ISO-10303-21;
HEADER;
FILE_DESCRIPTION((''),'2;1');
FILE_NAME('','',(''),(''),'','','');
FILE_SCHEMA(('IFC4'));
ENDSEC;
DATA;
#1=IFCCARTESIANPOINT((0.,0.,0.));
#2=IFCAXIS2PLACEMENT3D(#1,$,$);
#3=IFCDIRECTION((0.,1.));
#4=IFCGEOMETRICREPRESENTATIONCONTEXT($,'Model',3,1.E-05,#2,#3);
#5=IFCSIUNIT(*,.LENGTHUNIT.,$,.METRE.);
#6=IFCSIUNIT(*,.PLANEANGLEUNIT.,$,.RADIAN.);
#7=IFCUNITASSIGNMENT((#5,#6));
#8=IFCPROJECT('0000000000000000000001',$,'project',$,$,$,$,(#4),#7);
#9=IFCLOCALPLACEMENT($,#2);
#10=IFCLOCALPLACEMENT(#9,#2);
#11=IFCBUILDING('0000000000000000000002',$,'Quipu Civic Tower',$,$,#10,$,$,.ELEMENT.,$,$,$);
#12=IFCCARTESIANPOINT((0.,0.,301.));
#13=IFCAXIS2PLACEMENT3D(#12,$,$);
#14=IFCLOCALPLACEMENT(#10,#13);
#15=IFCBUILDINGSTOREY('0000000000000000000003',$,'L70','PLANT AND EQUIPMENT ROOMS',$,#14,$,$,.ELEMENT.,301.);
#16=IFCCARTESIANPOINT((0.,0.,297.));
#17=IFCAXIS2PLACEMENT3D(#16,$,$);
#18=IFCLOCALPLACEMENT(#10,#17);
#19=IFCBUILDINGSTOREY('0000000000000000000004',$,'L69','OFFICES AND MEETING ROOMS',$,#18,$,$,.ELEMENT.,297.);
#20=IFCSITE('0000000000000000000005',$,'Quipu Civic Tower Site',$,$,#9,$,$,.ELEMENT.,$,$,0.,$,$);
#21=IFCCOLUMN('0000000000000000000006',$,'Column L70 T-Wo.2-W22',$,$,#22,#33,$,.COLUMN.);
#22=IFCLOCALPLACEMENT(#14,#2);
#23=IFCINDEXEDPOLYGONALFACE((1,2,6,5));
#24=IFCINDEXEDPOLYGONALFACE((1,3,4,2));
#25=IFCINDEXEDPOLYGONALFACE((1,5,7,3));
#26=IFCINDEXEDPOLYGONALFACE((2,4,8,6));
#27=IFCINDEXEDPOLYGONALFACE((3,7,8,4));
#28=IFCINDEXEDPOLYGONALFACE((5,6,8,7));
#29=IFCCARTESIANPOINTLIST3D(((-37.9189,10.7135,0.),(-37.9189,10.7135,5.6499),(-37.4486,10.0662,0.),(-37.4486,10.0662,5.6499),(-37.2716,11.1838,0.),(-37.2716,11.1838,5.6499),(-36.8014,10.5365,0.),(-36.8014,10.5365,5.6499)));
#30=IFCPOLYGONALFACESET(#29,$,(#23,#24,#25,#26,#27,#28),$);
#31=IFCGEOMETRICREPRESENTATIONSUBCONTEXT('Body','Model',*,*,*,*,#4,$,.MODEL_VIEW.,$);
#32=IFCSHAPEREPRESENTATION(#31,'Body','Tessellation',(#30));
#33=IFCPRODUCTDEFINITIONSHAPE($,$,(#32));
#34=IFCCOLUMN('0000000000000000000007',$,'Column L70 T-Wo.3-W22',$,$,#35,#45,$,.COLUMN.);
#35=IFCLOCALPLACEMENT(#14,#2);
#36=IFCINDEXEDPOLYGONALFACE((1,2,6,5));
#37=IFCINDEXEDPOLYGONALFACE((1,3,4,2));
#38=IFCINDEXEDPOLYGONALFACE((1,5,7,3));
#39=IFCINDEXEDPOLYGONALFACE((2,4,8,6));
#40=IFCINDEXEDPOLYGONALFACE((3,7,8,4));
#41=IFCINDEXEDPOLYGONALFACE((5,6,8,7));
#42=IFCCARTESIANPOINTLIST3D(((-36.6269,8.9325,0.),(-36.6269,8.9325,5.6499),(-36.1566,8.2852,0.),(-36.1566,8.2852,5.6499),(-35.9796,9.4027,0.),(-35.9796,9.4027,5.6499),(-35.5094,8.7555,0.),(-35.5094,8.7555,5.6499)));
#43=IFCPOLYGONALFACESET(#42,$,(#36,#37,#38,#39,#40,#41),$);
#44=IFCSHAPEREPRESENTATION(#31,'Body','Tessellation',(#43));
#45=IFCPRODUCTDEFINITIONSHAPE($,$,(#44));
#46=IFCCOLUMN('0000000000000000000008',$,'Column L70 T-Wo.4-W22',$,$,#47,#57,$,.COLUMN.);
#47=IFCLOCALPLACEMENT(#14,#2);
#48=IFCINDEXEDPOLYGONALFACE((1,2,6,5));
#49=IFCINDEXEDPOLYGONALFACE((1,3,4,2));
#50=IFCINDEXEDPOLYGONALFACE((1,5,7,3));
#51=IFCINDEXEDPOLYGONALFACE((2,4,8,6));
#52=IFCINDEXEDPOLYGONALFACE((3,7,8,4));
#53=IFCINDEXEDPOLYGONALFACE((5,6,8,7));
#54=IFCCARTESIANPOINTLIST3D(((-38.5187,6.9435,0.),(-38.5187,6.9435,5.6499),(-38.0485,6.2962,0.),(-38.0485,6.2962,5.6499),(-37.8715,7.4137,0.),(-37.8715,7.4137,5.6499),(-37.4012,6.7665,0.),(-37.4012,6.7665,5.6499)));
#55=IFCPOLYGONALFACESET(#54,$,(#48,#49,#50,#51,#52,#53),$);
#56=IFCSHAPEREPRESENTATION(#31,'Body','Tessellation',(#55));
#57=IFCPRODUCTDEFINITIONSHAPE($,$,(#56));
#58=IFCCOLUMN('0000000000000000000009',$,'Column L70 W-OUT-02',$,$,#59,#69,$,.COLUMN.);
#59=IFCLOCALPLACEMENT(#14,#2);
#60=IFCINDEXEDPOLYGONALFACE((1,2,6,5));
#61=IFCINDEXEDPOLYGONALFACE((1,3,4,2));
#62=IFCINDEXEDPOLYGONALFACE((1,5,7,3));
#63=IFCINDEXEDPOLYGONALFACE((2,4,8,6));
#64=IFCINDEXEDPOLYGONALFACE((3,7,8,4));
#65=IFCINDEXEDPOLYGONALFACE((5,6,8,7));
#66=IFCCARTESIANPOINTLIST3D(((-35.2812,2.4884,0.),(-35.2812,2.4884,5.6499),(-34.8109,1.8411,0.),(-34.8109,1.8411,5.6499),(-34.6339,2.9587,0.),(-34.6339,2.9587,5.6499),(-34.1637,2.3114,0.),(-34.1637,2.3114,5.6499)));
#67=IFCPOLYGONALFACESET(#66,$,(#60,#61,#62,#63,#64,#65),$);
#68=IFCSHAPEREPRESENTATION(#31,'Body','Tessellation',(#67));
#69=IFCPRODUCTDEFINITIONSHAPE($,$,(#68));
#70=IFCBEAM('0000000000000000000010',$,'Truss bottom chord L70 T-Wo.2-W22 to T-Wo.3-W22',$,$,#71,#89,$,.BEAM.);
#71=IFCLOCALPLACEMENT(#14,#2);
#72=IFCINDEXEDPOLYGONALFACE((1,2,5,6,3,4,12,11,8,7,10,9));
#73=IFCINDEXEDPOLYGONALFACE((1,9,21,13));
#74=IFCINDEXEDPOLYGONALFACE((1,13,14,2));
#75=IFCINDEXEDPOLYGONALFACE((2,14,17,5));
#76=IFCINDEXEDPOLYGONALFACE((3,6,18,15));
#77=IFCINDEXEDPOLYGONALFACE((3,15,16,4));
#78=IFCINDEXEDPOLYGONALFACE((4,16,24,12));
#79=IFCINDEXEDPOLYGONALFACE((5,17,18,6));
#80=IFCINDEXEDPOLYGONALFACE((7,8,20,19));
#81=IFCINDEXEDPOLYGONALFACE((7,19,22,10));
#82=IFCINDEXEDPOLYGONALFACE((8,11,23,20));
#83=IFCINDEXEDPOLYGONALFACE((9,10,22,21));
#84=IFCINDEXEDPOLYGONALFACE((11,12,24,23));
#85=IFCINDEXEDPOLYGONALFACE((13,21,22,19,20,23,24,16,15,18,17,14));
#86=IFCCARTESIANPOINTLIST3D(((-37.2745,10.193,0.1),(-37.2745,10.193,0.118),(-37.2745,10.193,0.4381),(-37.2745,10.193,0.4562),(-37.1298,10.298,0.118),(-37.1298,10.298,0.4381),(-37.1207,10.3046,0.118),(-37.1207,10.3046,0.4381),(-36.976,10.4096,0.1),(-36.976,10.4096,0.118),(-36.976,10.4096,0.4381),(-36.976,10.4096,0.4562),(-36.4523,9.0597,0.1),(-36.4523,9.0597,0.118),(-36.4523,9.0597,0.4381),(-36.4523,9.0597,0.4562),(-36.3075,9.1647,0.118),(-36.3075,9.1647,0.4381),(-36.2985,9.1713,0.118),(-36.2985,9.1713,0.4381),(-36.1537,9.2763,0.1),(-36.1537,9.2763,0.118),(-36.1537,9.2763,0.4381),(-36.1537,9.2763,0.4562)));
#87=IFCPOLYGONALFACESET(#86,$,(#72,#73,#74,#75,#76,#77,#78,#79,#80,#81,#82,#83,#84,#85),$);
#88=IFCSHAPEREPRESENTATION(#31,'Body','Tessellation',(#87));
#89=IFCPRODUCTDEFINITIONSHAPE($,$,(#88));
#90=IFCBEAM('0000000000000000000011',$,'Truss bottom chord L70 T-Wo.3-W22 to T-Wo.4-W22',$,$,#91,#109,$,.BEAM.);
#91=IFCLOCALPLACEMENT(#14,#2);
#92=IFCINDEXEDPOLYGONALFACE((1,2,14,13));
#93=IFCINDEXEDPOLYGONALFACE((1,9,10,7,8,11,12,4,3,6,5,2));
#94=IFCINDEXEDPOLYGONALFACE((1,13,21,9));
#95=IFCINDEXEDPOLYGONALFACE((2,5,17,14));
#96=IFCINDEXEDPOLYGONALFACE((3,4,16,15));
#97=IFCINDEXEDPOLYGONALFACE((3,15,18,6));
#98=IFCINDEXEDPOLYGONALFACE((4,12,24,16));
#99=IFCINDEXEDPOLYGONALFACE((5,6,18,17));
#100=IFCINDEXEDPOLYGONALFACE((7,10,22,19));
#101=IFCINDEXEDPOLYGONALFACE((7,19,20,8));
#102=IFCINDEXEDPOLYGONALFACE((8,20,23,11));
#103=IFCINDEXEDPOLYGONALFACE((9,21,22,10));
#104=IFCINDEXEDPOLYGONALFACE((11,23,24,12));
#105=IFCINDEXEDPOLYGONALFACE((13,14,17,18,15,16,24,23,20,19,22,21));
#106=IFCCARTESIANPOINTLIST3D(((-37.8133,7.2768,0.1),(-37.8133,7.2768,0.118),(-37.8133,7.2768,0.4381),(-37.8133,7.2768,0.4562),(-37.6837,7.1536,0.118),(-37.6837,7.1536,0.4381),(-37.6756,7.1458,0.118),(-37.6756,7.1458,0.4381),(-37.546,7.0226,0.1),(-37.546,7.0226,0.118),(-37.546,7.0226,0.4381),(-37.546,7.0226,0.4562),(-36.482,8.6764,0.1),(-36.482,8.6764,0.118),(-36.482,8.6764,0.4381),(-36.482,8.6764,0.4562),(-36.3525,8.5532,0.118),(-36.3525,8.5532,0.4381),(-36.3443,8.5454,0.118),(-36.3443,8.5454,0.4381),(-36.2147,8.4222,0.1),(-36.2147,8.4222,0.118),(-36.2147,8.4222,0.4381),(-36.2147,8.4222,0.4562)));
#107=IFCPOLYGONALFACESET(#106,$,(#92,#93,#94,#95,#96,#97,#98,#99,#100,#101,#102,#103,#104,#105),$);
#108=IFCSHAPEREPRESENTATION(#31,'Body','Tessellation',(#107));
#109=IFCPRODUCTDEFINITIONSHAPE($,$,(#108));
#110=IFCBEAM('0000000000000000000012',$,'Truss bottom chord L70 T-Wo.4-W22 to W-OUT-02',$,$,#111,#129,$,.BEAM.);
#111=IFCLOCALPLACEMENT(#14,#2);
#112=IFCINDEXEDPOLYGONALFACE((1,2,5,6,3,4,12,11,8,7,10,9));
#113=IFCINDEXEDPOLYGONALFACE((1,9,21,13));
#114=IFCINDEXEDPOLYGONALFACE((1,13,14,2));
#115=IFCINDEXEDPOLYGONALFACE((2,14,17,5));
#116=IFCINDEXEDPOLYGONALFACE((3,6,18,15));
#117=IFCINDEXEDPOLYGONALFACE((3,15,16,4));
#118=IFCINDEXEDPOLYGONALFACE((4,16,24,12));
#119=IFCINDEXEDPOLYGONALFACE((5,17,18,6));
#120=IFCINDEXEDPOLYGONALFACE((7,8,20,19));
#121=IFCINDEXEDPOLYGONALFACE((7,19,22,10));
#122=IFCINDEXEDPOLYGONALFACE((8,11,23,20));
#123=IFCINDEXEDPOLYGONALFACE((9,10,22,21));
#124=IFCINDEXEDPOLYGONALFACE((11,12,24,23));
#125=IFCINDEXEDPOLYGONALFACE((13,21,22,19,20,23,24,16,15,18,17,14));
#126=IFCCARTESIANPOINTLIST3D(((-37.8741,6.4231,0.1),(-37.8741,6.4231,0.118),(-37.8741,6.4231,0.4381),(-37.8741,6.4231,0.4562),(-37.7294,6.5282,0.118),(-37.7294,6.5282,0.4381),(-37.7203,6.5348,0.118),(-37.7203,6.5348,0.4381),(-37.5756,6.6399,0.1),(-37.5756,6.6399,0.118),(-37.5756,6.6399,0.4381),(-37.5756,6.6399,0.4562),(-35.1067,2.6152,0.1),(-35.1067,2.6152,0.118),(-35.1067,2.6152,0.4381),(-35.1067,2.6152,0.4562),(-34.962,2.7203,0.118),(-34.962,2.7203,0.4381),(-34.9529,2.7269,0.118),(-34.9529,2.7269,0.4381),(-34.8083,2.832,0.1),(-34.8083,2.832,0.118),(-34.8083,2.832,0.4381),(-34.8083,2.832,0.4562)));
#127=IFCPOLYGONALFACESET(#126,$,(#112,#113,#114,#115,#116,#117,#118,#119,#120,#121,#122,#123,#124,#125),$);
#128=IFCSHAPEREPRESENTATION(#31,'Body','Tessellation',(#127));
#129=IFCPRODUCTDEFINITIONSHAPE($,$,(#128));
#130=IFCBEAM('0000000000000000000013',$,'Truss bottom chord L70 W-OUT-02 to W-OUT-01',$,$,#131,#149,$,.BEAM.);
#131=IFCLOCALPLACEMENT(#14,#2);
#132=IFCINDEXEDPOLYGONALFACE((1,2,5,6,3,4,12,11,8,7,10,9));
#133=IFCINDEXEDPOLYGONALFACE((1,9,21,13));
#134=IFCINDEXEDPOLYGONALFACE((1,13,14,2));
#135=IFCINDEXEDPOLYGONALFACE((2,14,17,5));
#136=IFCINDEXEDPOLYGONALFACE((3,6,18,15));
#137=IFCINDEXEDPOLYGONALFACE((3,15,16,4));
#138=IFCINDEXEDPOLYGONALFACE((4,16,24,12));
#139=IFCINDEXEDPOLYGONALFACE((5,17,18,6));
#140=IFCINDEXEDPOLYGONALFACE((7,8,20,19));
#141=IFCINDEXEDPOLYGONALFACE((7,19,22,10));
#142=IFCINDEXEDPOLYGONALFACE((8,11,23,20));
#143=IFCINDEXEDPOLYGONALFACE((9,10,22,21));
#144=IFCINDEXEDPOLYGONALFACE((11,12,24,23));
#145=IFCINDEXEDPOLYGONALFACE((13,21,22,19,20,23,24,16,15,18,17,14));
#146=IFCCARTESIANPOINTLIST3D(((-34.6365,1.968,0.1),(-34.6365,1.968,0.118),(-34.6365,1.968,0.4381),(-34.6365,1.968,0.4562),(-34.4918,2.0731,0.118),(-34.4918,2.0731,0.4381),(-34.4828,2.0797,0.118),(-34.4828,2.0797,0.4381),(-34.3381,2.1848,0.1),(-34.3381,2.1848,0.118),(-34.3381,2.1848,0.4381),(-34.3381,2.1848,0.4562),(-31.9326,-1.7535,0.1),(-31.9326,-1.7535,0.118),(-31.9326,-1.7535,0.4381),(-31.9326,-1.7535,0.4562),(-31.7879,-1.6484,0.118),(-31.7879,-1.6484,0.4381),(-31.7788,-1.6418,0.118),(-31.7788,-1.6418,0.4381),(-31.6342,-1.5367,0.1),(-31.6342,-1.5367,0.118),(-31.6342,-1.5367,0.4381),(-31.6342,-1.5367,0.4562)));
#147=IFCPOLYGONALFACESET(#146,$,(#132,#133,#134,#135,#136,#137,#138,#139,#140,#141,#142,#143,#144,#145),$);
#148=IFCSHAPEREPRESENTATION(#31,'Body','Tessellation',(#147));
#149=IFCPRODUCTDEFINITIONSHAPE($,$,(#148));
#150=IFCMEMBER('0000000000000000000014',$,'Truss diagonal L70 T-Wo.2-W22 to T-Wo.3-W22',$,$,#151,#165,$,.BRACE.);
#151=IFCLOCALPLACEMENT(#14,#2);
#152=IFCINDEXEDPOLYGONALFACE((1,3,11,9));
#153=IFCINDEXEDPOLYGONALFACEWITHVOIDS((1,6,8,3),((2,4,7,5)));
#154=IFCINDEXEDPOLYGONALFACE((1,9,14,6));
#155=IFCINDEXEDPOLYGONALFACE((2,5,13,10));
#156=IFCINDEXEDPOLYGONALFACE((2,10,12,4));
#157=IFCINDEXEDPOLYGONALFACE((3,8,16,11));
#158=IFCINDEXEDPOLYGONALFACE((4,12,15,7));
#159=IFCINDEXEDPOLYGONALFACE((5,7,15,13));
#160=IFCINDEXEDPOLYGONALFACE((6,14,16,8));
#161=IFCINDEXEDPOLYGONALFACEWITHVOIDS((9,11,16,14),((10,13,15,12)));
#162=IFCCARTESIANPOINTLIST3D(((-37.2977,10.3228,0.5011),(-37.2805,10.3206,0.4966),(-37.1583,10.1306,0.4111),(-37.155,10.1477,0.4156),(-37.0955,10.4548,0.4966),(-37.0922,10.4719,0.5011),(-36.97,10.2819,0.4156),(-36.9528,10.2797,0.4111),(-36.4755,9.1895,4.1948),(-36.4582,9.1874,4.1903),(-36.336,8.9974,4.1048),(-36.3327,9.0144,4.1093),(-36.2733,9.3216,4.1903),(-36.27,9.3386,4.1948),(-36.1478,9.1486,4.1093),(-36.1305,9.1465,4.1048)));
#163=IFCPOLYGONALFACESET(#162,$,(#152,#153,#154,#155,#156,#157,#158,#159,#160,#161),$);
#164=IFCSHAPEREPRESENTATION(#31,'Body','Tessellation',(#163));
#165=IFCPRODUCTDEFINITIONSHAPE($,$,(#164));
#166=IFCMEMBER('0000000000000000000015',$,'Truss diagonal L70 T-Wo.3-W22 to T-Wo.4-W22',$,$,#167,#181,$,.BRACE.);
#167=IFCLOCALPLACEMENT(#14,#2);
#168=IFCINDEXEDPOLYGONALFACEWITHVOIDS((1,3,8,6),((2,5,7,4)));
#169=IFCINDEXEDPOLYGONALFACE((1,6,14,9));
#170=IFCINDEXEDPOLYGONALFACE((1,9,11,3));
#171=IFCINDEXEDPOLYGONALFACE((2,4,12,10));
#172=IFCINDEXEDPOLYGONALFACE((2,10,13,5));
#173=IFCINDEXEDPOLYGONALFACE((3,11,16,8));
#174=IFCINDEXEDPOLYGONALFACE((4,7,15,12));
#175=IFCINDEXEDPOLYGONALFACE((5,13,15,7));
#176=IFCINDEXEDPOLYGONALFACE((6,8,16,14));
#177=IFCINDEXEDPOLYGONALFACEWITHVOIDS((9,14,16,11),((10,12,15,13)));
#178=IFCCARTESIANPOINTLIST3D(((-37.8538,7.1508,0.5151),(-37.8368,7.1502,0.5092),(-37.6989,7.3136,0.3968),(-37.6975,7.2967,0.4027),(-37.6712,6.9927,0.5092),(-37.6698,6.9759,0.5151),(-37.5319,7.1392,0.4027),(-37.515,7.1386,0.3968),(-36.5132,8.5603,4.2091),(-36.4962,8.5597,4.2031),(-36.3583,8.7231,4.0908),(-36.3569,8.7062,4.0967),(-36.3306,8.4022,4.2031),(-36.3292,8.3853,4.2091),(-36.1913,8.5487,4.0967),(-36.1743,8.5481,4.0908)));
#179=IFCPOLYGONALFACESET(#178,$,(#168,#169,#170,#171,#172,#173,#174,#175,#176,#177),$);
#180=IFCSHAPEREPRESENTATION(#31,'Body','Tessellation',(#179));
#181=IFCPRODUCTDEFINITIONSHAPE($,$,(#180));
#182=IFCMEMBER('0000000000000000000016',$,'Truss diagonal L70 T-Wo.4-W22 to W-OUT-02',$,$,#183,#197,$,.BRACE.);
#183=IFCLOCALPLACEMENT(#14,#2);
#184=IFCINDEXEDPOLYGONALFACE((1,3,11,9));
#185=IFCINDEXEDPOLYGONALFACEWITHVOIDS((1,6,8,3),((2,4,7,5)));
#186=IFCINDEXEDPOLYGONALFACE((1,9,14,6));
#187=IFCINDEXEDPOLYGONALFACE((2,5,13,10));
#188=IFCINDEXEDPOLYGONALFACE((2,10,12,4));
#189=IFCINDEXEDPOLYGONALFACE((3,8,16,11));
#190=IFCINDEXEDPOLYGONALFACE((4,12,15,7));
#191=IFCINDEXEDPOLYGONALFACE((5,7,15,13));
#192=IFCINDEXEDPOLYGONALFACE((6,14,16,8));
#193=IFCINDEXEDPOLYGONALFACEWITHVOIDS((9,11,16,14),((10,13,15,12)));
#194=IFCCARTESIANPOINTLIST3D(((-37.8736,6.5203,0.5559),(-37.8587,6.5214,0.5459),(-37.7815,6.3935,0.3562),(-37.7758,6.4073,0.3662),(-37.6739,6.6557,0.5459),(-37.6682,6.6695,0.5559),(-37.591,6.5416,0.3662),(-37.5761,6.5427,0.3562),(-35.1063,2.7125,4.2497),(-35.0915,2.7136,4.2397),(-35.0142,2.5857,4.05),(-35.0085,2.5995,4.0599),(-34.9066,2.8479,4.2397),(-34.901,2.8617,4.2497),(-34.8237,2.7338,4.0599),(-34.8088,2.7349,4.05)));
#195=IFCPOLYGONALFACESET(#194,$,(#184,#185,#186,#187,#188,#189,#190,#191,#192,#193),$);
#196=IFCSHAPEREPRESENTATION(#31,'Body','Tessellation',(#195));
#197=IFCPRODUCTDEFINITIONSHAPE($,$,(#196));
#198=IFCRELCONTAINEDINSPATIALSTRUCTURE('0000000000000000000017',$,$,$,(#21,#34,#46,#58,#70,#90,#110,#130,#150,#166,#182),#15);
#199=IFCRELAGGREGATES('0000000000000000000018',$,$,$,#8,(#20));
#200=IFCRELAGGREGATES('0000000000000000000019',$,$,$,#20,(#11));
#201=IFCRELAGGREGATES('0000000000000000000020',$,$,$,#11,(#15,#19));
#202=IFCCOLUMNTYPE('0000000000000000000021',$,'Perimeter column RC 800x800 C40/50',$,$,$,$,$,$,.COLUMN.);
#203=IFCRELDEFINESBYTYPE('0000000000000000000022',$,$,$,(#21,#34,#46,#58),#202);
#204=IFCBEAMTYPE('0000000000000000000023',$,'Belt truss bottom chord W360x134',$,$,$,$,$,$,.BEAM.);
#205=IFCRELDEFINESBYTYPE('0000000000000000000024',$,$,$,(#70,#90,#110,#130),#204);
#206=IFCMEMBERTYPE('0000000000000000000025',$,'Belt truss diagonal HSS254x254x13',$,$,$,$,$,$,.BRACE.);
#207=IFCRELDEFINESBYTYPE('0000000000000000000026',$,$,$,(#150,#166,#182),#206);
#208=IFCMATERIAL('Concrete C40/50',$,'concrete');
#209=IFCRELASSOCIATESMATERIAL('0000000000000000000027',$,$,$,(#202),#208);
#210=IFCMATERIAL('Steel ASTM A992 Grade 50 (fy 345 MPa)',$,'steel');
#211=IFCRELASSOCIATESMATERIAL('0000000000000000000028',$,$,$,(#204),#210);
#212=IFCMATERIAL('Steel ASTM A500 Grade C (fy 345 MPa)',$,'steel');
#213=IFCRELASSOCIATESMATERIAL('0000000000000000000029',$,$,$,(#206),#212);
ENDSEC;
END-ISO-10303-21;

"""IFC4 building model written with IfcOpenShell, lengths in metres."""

from ifc_helpers import new_model, si_unit, direction, frame, origin, origin_2d, place, context, subcontext, project, spatial, rectangle, hollow_rectangle, i_section, extrude, material, material_profile, profile_set, type_object, element, save


model = new_model("IFC4")

# Units and contexts
model_context = context("Model", 3, precision=1e-05, world=origin(), true_north=direction((0.0, 1.0)))
body_context = subcontext(model_context, "Body", "Model", "MODEL_VIEW")
ifc_project = project(units=[si_unit("LENGTHUNIT", "METRE"), si_unit("PLANEANGLEUNIT", "RADIAN")], contexts=[model_context])

# Site, building, storey
site_placement = place(None, origin())
site = spatial("IfcSite", under=ifc_project, at=site_placement, Name="Quipu Civic Tower Site", CompositionType="ELEMENT", RefElevation=0.0)
building_placement = place(site_placement, origin())
building = spatial("IfcBuilding", under=site, at=building_placement, Name="Quipu Civic Tower", CompositionType="ELEMENT")
storey_1_placement = place(building_placement, frame((0.0, 0.0, 301.0)))
storey_1 = spatial("IfcBuildingStorey", under=building, at=storey_1_placement, Name="L70", Description="PLANT AND EQUIPMENT ROOMS", CompositionType="ELEMENT", Elevation=301.0)

# Columns
ifc_material_1 = material(Name="Concrete C40/50", Category="concrete")
ifc_material_profile_1 = material_profile(ifc_material_1, rectangle(XDim=0.8, YDim=0.8, at=origin_2d()), Name="RC800x800")
ifc_profile_set_1 = profile_set([ifc_material_profile_1], Name="Concrete C40/50")
column_type = type_object("IfcColumnType", Name="Perimeter column RC 800x800 C40/50", PredefinedType="COLUMN", material=ifc_profile_set_1)
for number, where, z_axis, x_axis, name in (
    (1, (-37.3601, 10.625, 0.0), (0.0, 0.0, 1.0), (0.587785, -0.809017, 0.0), "Column L70 T-Wo.2-W22"),
    (2, (-36.0681, 8.844, 0.0), (0.0, 0.0, 1.0), (0.587785, -0.809017, 0.0), "Column L70 T-Wo.3-W22"),
    (3, (-37.96, 6.855, 0.0), (0.0, 0.0, 1.0), (0.587785, -0.809017, 0.0), "Column L70 T-Wo.4-W22"),
    (4, (-34.7224, 2.3999, 0.0), (0.0, 0.0, 1.0), (0.587785, -0.809017, 0.0), "Column L70 W-OUT-02"),
):
    element("IfcColumn", number, at=place(storey_1_placement, frame(where, z_axis=z_axis, x_axis=x_axis)), inside=storey_1, type_object=column_type, Name=name, PredefinedType="COLUMN", context=body_context, shape_type="SweptSolid", body=[
        extrude(rectangle(XDim=0.8, YDim=0.8, at=origin_2d()), origin(), (0.0, 0.0, 1.0), 5.6499),
    ])

# Beams
ifc_material_2 = material(Name="Steel ASTM A992 Grade 50 (fy 345 MPa)", Category="steel")
ifc_material_profile_2 = material_profile(ifc_material_2, i_section(OverallWidth=0.3689, OverallDepth=0.3562, WebThickness=0.0112, FlangeThickness=0.0181, at=origin_2d()), Name="W360x134")
ifc_profile_set_2 = profile_set([ifc_material_profile_2], Name="Steel ASTM A992 Grade 50 (fy 345 MPa)")
beam_type_1 = type_object("IfcBeamType", Name="Belt truss bottom chord W360x134", PredefinedType="BEAM", material=ifc_profile_set_2)
beam_1_placement = place(storey_1_placement, frame((-37.1252, 10.3013, 0.2781), z_axis=(0.587259, -0.809399, 0.0), x_axis=(0.809399, 0.587259, 0.0)))
element("IfcBeam", 5, at=beam_1_placement, inside=storey_1, type_object=beam_type_1, Name="Truss bottom chord L70 T-Wo.2-W22 to T-Wo.3-W22", PredefinedType="BEAM", context=body_context, shape_type="SweptSolid", body=[
    extrude(i_section(OverallWidth=0.3689, OverallDepth=0.3562, WebThickness=0.0112, FlangeThickness=0.0181, at=origin_2d()), origin(), (0.0, 0.0, 1.0), 1.4001),
])
beam_2_placement = place(storey_1_placement, frame((-36.3484, 8.5493, 0.2781), z_axis=(-0.689191, -0.72458, 0.0), x_axis=(0.72458, -0.689191, 0.0)))
element("IfcBeam", 6, at=beam_2_placement, inside=storey_1, type_object=beam_type_1, Name="Truss bottom chord L70 T-Wo.3-W22 to T-Wo.4-W22", PredefinedType="BEAM", context=body_context, shape_type="SweptSolid", body=[
    extrude(i_section(OverallWidth=0.3689, OverallDepth=0.3562, WebThickness=0.0112, FlangeThickness=0.0181, at=origin_2d()), origin(), (0.0, 0.0, 1.0), 1.9316),
])
beam_3_placement = place(storey_1_placement, frame((-37.7249, 6.5315, 0.2781), z_axis=(0.587891, -0.80894, 0.0), x_axis=(0.80894, 0.587891, 0.0)))
element("IfcBeam", 7, at=beam_3_placement, inside=storey_1, type_object=beam_type_1, Name="Truss bottom chord L70 T-Wo.4-W22 to W-OUT-02", PredefinedType="BEAM", context=body_context, shape_type="SweptSolid", body=[
    extrude(i_section(OverallWidth=0.3689, OverallDepth=0.3562, WebThickness=0.0112, FlangeThickness=0.0181, at=origin_2d()), origin(), (0.0, 0.0, 1.0), 4.7073),
])
beam_4_placement = place(storey_1_placement, frame((-34.4873, 2.0764, 0.2781), z_axis=(0.587796, -0.809009, 0.0), x_axis=(0.809009, 0.587796, 0.0)))
element("IfcBeam", 8, at=beam_4_placement, inside=storey_1, type_object=beam_type_1, Name="Truss bottom chord L70 W-OUT-02 to W-OUT-01", PredefinedType="BEAM", context=body_context, shape_type="SweptSolid", body=[
    extrude(i_section(OverallWidth=0.3689, OverallDepth=0.3562, WebThickness=0.0112, FlangeThickness=0.0181, at=origin_2d()), origin(), (0.0, 0.0, 1.0), 4.6001),
])

# Members
ifc_material_3 = material(Name="Steel ASTM A500 Grade C (fy 345 MPa)", Category="steel")
ifc_material_profile_3 = material_profile(ifc_material_3, hollow_rectangle(XDim=0.2539, YDim=0.2539, WallThickness=0.0127, at=origin_2d()), Name="HSS254x254x13")
ifc_profile_set_3 = profile_set([ifc_material_profile_3], Name="Steel ASTM A500 Grade C (fy 345 MPa)")
member_type_1 = type_object("IfcMemberType", Name="Belt truss diagonal HSS254x254x13", PredefinedType="BRACE", material=ifc_profile_set_3)
member_1_placement = place(storey_1_placement, frame((-37.1252, 10.3013, 0.4561), z_axis=(0.208152, -0.286889, 0.935076), x_axis=(0.809399, 0.587259, 0.0)))
element("IfcMember", 9, at=member_1_placement, inside=storey_1, type_object=member_type_1, Name="Truss diagonal L70 T-Wo.2-W22 to T-Wo.3-W22", PredefinedType="BRACE", context=body_context, shape_type="SweptSolid", body=[
    extrude(hollow_rectangle(XDim=0.2539, YDim=0.2539, WallThickness=0.0127, at=origin_2d()), origin(), (0.0, 0.0, 1.0), 3.9502),
])
member_2_placement = place(storey_1_placement, frame((-36.3438, 8.5542, 4.1499), z_axis=(-0.321119, -0.337611, -0.884817), x_axis=(0.724583, -0.689188, 0.0)))
element("IfcMember", 10, at=member_2_placement, inside=storey_1, type_object=member_type_1, Name="Truss diagonal L70 T-Wo.3-W22 to T-Wo.4-W22", PredefinedType="BRACE", context=body_context, shape_type="SweptSolid", body=[
    extrude(hollow_rectangle(XDim=0.2539, YDim=0.2539, WallThickness=0.0127, at=origin_2d()), origin(), (0.0, 0.0, 1.0), 4.1748),
])
member_3_placement = place(storey_1_placement, frame((-37.7249, 6.5315, 0.4561), z_axis=(0.462493, -0.636392, 0.617337), x_axis=(0.80894, 0.587891, 0.0)))
element("IfcMember", 11, at=member_3_placement, inside=storey_1, type_object=member_type_1, Name="Truss diagonal L70 T-Wo.4-W22 to W-OUT-02", PredefinedType="BRACE", context=body_context, shape_type="SweptSolid", body=[
    extrude(hollow_rectangle(XDim=0.2539, YDim=0.2539, WallThickness=0.0127, at=origin_2d()), origin(), (0.0, 0.0, 1.0), 5.9834),
])

# Shared definitions
storey_2_placement = place(building_placement, frame((0.0, 0.0, 297.0)))
storey_2 = spatial("IfcBuildingStorey", under=building, at=storey_2_placement, Name="L69", Description="OFFICES AND MEETING ROOMS", CompositionType="ELEMENT", Elevation=297.0)

save(model, "model.ifc")
